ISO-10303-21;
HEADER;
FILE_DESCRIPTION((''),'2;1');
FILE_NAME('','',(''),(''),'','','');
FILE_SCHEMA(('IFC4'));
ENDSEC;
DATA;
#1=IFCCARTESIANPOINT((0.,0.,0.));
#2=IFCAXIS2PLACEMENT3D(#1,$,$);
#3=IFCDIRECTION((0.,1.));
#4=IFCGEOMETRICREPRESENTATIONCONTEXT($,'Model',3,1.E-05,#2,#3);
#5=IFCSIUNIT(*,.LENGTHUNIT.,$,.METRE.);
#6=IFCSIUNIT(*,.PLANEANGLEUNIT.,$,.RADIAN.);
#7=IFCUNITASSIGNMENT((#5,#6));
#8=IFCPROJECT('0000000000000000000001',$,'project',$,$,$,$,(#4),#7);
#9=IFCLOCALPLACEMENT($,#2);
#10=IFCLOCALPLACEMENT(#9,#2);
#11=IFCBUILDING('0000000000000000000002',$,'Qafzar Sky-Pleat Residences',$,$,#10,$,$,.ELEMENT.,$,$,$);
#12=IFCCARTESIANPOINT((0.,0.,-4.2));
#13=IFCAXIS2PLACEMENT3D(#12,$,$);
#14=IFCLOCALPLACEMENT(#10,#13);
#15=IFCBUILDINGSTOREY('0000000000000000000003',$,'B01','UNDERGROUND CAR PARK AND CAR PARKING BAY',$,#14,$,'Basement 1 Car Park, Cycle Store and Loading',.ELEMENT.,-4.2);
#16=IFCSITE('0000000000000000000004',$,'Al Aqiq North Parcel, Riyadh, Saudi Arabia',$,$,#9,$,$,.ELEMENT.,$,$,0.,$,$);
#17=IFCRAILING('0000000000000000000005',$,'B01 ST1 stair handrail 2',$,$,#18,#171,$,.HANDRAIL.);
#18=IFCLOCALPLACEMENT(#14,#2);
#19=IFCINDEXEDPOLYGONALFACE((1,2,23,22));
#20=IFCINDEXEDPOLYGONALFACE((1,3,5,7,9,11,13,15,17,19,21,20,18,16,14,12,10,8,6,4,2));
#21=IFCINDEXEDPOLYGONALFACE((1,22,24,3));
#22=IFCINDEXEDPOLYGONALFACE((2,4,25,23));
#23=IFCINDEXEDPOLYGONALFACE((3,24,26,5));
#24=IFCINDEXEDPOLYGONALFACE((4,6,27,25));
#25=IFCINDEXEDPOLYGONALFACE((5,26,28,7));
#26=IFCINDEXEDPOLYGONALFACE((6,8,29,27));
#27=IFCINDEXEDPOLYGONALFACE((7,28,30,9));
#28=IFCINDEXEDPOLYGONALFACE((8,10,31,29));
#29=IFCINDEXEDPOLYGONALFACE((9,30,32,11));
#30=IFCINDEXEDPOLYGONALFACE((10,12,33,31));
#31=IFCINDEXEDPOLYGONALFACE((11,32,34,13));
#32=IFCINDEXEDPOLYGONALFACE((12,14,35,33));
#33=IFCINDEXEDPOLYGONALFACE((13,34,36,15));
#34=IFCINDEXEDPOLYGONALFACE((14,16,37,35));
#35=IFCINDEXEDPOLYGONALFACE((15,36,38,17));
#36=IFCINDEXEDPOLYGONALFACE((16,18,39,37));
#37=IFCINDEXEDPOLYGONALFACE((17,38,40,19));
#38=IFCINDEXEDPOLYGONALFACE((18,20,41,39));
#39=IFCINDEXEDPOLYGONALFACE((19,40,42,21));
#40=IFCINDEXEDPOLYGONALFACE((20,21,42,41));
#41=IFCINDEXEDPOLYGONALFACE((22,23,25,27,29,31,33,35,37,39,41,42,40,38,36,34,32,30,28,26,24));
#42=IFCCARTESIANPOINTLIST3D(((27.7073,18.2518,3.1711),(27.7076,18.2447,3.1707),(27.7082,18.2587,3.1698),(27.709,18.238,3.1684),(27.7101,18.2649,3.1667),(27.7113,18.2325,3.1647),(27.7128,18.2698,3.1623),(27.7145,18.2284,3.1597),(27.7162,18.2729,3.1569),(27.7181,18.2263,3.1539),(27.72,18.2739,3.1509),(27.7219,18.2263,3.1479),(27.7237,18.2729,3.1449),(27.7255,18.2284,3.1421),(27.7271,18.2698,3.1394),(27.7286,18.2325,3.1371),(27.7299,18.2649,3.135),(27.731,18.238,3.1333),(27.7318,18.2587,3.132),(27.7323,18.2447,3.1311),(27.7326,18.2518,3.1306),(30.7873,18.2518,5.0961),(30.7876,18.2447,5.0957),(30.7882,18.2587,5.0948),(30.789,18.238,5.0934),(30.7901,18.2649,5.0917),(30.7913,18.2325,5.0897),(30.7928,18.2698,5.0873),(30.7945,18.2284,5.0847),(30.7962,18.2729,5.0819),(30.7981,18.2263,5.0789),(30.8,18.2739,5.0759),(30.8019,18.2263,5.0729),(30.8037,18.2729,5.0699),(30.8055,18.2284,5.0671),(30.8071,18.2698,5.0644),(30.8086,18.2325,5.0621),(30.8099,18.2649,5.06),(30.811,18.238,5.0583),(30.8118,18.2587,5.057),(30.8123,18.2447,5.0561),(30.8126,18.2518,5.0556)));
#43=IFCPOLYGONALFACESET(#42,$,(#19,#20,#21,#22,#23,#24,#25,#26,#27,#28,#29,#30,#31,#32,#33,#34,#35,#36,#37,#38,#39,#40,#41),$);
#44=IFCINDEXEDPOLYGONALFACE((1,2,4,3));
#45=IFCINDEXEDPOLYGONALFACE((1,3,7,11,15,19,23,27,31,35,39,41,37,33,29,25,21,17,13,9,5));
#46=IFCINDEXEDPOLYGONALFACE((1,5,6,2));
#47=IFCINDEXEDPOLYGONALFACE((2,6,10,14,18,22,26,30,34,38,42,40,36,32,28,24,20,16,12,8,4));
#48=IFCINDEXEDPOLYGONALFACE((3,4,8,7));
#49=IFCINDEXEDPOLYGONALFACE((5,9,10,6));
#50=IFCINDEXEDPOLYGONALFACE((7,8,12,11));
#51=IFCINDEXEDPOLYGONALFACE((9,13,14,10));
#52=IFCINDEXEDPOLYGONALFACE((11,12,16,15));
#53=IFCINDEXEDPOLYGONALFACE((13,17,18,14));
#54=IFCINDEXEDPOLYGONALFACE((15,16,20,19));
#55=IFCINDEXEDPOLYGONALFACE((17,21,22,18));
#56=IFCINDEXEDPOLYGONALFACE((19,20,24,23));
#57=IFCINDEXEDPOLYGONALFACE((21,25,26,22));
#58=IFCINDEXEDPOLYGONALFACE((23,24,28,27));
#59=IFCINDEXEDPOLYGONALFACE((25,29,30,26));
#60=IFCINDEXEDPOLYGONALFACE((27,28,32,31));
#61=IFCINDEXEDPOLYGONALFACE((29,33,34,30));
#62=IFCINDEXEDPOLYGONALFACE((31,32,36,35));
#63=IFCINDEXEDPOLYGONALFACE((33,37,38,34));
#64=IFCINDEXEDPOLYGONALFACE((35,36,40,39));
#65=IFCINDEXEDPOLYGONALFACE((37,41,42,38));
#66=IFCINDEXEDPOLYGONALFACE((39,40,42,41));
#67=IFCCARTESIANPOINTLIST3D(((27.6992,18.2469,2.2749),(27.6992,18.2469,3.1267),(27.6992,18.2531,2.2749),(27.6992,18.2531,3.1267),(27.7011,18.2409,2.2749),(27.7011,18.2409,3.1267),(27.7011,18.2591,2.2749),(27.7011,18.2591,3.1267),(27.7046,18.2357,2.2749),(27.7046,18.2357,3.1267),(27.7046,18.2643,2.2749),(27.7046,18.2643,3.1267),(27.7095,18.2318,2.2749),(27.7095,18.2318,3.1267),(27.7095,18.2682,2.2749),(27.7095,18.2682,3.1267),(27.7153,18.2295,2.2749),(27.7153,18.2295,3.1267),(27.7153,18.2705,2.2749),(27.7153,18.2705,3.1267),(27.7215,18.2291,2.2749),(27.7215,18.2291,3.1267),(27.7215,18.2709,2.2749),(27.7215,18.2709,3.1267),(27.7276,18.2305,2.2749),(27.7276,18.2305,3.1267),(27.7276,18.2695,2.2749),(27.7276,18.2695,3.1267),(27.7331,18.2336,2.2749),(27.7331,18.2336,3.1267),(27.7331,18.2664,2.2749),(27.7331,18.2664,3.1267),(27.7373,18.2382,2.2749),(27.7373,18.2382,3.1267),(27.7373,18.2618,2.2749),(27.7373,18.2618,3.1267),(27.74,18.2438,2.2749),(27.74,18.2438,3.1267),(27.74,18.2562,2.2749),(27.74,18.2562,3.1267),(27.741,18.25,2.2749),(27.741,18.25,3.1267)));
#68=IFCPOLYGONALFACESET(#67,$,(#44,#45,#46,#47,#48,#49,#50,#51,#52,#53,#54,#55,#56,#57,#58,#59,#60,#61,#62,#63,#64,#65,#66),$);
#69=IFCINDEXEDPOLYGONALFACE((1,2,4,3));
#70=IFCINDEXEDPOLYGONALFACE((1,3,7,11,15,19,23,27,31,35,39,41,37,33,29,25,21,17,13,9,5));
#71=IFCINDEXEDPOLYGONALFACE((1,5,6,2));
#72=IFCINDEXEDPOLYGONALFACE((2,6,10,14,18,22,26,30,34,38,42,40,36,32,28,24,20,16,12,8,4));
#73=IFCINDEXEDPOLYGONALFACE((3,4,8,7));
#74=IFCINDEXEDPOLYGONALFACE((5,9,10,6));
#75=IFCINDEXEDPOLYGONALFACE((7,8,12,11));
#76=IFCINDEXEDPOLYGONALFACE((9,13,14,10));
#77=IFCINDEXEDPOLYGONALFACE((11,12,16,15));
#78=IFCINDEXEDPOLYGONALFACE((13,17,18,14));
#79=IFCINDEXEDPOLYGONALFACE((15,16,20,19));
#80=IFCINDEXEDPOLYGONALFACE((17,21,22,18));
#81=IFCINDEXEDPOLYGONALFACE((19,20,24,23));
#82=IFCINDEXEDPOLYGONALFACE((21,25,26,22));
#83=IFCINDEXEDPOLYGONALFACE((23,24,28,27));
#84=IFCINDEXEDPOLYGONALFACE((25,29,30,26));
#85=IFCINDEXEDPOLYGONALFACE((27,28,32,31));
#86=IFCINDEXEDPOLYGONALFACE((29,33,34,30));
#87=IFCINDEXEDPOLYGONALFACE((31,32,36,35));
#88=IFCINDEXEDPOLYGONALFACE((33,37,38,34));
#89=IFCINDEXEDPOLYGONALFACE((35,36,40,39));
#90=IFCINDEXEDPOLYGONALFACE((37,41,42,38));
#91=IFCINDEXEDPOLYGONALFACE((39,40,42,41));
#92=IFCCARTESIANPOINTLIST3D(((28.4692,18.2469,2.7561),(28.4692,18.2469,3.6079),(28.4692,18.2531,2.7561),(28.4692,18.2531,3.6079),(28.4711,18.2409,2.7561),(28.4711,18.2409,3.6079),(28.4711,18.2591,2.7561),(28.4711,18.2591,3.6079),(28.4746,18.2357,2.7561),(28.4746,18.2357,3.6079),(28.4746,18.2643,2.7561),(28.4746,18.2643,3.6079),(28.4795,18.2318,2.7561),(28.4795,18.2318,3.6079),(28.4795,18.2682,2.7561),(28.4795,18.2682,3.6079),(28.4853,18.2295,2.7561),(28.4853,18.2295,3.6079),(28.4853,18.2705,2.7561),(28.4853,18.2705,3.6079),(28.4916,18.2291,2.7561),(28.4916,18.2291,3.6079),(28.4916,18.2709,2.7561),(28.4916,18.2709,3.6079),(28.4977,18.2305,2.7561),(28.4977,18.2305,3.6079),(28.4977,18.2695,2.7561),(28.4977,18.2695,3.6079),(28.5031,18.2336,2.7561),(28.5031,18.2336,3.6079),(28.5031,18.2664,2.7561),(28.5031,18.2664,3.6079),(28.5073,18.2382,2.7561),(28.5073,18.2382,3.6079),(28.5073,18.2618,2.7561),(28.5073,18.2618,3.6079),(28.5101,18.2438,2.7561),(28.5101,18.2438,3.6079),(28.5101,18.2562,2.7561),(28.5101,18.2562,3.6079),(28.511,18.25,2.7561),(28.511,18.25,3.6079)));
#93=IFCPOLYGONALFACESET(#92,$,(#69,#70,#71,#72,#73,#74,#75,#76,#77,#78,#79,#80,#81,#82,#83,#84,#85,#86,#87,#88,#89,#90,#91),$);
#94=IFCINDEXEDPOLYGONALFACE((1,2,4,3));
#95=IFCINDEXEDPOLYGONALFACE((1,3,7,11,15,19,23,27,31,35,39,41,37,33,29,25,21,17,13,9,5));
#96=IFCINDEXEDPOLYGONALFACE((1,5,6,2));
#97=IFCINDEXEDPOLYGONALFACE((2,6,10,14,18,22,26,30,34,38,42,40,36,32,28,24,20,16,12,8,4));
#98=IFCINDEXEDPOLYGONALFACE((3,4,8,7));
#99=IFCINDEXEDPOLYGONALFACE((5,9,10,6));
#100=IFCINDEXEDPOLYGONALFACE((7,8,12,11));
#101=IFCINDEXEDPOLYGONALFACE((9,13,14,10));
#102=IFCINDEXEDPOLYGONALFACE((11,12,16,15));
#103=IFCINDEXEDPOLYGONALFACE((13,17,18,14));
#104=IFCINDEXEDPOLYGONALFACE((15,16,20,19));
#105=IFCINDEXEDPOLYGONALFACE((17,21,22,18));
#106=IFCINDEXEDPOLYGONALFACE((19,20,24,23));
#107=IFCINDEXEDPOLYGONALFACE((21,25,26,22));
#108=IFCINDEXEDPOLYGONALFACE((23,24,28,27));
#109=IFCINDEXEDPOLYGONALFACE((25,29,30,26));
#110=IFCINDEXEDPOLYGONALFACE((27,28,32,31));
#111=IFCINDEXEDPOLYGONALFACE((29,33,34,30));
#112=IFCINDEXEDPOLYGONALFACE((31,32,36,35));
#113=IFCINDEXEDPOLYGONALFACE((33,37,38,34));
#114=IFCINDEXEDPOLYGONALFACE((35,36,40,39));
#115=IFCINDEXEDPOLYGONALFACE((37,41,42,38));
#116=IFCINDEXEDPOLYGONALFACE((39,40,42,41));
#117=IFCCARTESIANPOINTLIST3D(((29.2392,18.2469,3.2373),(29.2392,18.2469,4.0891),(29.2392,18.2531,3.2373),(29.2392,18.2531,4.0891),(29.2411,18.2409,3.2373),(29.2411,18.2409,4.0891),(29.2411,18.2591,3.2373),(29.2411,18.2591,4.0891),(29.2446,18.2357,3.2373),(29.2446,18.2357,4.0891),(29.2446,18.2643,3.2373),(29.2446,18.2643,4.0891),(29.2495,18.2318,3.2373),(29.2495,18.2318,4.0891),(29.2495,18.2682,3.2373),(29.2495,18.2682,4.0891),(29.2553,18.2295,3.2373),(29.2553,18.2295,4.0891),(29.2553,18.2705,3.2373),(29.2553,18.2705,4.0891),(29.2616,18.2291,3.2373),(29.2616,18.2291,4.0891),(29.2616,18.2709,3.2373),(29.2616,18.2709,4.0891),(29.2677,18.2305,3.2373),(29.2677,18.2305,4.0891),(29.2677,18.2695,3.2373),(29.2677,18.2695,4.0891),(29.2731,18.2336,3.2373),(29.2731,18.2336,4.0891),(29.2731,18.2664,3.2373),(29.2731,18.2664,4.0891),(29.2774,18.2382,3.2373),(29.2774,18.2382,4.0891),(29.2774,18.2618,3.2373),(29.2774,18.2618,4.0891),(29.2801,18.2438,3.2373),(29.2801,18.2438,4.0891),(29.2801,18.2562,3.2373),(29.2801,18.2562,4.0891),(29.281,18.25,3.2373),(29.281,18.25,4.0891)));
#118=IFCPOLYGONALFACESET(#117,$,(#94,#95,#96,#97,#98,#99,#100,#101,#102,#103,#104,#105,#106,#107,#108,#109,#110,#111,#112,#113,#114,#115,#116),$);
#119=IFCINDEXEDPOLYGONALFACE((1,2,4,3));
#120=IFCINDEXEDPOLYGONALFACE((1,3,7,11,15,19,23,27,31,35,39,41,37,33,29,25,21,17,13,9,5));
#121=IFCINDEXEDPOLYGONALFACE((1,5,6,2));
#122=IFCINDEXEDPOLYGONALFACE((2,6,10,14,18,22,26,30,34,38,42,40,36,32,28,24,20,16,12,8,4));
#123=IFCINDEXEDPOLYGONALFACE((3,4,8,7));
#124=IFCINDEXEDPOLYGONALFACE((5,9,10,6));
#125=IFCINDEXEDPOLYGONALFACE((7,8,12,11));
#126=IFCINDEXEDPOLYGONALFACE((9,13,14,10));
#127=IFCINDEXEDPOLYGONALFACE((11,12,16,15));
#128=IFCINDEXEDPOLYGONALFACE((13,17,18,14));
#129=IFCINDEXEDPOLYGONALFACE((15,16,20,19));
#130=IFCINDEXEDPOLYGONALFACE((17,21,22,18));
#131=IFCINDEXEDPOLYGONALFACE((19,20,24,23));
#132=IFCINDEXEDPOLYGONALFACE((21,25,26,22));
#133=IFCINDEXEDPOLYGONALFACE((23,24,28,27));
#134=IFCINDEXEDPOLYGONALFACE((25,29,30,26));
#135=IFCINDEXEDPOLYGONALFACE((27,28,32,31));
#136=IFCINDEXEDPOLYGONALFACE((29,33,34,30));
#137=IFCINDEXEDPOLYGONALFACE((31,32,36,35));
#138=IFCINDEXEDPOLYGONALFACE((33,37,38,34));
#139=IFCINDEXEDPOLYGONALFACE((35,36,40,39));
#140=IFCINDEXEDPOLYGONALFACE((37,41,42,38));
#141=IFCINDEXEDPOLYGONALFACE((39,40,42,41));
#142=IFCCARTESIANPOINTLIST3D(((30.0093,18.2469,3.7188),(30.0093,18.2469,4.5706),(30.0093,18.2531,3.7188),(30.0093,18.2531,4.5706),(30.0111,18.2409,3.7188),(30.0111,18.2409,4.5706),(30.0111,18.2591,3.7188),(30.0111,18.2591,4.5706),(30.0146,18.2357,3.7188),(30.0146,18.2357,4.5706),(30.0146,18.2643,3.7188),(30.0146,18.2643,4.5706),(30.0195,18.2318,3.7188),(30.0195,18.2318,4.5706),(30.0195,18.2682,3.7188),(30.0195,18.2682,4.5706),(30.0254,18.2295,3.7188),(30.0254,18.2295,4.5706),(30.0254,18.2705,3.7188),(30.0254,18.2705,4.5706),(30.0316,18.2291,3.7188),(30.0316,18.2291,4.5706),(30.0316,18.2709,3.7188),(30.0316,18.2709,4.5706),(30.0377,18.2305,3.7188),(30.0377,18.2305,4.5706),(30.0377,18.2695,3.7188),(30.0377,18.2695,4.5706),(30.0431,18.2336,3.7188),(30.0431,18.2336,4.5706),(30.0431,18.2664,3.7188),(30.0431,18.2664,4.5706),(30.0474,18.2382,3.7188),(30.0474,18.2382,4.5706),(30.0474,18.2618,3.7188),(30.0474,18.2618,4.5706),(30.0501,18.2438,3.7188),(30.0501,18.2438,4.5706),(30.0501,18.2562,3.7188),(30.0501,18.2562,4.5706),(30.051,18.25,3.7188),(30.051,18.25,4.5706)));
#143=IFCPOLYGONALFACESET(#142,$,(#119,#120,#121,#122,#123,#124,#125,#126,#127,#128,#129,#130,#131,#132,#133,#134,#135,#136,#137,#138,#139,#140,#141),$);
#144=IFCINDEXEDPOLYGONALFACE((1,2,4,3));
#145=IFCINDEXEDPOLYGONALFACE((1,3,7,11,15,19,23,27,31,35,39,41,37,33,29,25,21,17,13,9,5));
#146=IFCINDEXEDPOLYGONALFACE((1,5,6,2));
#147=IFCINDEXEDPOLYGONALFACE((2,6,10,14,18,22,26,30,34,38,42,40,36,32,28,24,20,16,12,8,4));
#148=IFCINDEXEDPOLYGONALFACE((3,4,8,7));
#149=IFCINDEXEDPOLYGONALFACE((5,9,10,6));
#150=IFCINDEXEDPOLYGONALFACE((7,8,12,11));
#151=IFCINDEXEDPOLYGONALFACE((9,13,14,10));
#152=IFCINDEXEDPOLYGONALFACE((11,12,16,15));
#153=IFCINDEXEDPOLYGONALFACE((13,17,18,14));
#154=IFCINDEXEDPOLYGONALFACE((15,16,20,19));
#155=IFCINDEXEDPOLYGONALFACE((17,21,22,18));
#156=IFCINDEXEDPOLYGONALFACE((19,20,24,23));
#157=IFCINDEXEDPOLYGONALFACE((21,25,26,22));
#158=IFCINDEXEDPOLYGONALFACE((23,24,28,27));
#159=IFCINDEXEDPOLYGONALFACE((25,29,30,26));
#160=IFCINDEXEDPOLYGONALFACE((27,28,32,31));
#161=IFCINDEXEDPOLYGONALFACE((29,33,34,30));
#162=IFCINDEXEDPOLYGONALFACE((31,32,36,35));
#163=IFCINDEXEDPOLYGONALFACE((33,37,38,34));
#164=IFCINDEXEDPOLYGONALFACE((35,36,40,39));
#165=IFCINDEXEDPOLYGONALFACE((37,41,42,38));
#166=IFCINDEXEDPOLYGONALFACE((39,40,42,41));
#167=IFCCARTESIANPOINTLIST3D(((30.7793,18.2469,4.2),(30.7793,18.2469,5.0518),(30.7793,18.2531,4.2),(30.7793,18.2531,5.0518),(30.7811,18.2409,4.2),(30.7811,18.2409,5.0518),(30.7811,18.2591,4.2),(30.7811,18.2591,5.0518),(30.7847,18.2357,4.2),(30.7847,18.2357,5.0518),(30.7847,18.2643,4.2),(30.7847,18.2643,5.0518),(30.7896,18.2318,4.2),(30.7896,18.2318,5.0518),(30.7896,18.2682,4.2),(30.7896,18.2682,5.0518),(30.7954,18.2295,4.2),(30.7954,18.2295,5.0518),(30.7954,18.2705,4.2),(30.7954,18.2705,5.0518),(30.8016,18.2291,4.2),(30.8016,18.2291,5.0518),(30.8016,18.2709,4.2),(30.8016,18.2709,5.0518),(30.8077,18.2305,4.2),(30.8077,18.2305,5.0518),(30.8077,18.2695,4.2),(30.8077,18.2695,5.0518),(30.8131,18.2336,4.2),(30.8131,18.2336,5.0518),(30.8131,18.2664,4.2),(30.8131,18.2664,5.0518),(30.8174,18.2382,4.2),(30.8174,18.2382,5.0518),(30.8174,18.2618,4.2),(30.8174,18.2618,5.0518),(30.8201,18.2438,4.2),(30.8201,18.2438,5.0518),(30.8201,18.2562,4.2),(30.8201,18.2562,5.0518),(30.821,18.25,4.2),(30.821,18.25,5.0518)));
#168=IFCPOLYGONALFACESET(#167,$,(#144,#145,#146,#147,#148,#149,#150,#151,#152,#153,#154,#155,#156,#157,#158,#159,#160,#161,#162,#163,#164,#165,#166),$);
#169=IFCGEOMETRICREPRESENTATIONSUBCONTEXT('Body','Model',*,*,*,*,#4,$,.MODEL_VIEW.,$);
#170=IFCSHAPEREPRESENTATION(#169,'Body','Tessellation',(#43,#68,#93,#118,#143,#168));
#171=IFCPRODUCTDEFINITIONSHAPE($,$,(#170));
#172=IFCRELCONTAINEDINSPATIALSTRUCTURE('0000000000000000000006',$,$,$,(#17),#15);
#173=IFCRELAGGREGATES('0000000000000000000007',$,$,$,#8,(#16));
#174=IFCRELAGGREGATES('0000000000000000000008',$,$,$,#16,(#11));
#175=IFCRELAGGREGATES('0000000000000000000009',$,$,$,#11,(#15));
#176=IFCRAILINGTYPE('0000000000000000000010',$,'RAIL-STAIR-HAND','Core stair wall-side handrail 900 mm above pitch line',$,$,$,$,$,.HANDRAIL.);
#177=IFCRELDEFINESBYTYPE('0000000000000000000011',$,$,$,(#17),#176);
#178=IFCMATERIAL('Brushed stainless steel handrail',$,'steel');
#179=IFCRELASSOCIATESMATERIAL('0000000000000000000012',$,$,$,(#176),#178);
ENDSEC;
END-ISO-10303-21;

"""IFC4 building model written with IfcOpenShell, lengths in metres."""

from ifc_helpers import new_model, si_unit, direction, frame, origin, origin_2d, place, context, subcontext, project, spatial, circle, extrude, source, transform, mapped, material, type_object, element, save


model = new_model("IFC4")

# Units and contexts
model_context = context("Model", 3, precision=1e-05, world=origin(), true_north=direction((0.0, 1.0)))
body_context = subcontext(model_context, "Body", "Model", "MODEL_VIEW")
ifc_project = project(units=[si_unit("LENGTHUNIT", "METRE"), si_unit("PLANEANGLEUNIT", "RADIAN")], contexts=[model_context])

# Site, building, storey
site_placement = place(None, origin())
site = spatial("IfcSite", under=ifc_project, at=site_placement, Name="Al Aqiq North Parcel, Riyadh, Saudi Arabia", CompositionType="ELEMENT", RefElevation=0.0)
building_placement = place(site_placement, origin())
building = spatial("IfcBuilding", under=site, at=building_placement, Name="Qafzar Sky-Pleat Residences", CompositionType="ELEMENT")
storey_placement = place(building_placement, frame((0.0, 0.0, -4.2)))
storey = spatial("IfcBuildingStorey", under=building, at=storey_placement, Name="B01", Description="UNDERGROUND CAR PARK AND CAR PARKING BAY", LongName="Basement 1 Car Park, Cycle Store and Loading", CompositionType="ELEMENT", Elevation=-4.2)

# Railing
ifc_material_1 = material(Name="Brushed stainless steel handrail", Category="steel")
railing_type_1 = type_object("IfcRailingType", Name="RAIL-STAIR-HAND", Description="Core stair wall-side handrail 900 mm above pitch line", PredefinedType="HANDRAIL", material=ifc_material_1)
shared_shape_1 = source(origin(), body_context, "Body", "SweptSolid", [
    extrude(circle(Radius=0.0239, at=origin_2d()), frame((0.0, 0.0, 0.876), z_axis=(0.847998, 0.0, 0.529999), x_axis=(0.0, 1.0, 0.0)), (0.0, 0.0, 1.0), 3.6321),
    extrude(circle(Radius=0.021, at=origin_2d()), origin(), (0.0, 0.0, 1.0), 0.8518),
    extrude(circle(Radius=0.021, at=origin_2d()), frame((0.77, 0.0, 0.4812)), (0.0, 0.0, 1.0), 0.8518),
    extrude(circle(Radius=0.021, at=origin_2d()), frame((1.54, 0.0, 0.9624)), (0.0, 0.0, 1.0), 0.8518),
    extrude(circle(Radius=0.021, at=origin_2d()), frame((2.3101, 0.0, 1.4438)), (0.0, 0.0, 1.0), 0.8518),
    extrude(circle(Radius=0.021, at=origin_2d()), frame((3.0801, 0.0, 1.925)), (0.0, 0.0, 1.0), 0.8518),
])
railing_1_placement = place(storey_placement, frame((27.72, 18.25, 2.2749)))
element("IfcRailing", 1, at=railing_1_placement, inside=storey, type_object=railing_type_1, Name="B01 ST1 stair handrail 2", PredefinedType="HANDRAIL", context=body_context, shape_type="MappedRepresentation", body=[
    mapped(shared_shape_1, transform((0.0, 0.0, 0.0), x_axis=(1.0, 0.0, 0.0), y_axis=(0.0, 1.0, 0.0), z_axis=(0.0, 0.0, 1.0), scale=1.0)),
])

save(model, "model.ifc")
